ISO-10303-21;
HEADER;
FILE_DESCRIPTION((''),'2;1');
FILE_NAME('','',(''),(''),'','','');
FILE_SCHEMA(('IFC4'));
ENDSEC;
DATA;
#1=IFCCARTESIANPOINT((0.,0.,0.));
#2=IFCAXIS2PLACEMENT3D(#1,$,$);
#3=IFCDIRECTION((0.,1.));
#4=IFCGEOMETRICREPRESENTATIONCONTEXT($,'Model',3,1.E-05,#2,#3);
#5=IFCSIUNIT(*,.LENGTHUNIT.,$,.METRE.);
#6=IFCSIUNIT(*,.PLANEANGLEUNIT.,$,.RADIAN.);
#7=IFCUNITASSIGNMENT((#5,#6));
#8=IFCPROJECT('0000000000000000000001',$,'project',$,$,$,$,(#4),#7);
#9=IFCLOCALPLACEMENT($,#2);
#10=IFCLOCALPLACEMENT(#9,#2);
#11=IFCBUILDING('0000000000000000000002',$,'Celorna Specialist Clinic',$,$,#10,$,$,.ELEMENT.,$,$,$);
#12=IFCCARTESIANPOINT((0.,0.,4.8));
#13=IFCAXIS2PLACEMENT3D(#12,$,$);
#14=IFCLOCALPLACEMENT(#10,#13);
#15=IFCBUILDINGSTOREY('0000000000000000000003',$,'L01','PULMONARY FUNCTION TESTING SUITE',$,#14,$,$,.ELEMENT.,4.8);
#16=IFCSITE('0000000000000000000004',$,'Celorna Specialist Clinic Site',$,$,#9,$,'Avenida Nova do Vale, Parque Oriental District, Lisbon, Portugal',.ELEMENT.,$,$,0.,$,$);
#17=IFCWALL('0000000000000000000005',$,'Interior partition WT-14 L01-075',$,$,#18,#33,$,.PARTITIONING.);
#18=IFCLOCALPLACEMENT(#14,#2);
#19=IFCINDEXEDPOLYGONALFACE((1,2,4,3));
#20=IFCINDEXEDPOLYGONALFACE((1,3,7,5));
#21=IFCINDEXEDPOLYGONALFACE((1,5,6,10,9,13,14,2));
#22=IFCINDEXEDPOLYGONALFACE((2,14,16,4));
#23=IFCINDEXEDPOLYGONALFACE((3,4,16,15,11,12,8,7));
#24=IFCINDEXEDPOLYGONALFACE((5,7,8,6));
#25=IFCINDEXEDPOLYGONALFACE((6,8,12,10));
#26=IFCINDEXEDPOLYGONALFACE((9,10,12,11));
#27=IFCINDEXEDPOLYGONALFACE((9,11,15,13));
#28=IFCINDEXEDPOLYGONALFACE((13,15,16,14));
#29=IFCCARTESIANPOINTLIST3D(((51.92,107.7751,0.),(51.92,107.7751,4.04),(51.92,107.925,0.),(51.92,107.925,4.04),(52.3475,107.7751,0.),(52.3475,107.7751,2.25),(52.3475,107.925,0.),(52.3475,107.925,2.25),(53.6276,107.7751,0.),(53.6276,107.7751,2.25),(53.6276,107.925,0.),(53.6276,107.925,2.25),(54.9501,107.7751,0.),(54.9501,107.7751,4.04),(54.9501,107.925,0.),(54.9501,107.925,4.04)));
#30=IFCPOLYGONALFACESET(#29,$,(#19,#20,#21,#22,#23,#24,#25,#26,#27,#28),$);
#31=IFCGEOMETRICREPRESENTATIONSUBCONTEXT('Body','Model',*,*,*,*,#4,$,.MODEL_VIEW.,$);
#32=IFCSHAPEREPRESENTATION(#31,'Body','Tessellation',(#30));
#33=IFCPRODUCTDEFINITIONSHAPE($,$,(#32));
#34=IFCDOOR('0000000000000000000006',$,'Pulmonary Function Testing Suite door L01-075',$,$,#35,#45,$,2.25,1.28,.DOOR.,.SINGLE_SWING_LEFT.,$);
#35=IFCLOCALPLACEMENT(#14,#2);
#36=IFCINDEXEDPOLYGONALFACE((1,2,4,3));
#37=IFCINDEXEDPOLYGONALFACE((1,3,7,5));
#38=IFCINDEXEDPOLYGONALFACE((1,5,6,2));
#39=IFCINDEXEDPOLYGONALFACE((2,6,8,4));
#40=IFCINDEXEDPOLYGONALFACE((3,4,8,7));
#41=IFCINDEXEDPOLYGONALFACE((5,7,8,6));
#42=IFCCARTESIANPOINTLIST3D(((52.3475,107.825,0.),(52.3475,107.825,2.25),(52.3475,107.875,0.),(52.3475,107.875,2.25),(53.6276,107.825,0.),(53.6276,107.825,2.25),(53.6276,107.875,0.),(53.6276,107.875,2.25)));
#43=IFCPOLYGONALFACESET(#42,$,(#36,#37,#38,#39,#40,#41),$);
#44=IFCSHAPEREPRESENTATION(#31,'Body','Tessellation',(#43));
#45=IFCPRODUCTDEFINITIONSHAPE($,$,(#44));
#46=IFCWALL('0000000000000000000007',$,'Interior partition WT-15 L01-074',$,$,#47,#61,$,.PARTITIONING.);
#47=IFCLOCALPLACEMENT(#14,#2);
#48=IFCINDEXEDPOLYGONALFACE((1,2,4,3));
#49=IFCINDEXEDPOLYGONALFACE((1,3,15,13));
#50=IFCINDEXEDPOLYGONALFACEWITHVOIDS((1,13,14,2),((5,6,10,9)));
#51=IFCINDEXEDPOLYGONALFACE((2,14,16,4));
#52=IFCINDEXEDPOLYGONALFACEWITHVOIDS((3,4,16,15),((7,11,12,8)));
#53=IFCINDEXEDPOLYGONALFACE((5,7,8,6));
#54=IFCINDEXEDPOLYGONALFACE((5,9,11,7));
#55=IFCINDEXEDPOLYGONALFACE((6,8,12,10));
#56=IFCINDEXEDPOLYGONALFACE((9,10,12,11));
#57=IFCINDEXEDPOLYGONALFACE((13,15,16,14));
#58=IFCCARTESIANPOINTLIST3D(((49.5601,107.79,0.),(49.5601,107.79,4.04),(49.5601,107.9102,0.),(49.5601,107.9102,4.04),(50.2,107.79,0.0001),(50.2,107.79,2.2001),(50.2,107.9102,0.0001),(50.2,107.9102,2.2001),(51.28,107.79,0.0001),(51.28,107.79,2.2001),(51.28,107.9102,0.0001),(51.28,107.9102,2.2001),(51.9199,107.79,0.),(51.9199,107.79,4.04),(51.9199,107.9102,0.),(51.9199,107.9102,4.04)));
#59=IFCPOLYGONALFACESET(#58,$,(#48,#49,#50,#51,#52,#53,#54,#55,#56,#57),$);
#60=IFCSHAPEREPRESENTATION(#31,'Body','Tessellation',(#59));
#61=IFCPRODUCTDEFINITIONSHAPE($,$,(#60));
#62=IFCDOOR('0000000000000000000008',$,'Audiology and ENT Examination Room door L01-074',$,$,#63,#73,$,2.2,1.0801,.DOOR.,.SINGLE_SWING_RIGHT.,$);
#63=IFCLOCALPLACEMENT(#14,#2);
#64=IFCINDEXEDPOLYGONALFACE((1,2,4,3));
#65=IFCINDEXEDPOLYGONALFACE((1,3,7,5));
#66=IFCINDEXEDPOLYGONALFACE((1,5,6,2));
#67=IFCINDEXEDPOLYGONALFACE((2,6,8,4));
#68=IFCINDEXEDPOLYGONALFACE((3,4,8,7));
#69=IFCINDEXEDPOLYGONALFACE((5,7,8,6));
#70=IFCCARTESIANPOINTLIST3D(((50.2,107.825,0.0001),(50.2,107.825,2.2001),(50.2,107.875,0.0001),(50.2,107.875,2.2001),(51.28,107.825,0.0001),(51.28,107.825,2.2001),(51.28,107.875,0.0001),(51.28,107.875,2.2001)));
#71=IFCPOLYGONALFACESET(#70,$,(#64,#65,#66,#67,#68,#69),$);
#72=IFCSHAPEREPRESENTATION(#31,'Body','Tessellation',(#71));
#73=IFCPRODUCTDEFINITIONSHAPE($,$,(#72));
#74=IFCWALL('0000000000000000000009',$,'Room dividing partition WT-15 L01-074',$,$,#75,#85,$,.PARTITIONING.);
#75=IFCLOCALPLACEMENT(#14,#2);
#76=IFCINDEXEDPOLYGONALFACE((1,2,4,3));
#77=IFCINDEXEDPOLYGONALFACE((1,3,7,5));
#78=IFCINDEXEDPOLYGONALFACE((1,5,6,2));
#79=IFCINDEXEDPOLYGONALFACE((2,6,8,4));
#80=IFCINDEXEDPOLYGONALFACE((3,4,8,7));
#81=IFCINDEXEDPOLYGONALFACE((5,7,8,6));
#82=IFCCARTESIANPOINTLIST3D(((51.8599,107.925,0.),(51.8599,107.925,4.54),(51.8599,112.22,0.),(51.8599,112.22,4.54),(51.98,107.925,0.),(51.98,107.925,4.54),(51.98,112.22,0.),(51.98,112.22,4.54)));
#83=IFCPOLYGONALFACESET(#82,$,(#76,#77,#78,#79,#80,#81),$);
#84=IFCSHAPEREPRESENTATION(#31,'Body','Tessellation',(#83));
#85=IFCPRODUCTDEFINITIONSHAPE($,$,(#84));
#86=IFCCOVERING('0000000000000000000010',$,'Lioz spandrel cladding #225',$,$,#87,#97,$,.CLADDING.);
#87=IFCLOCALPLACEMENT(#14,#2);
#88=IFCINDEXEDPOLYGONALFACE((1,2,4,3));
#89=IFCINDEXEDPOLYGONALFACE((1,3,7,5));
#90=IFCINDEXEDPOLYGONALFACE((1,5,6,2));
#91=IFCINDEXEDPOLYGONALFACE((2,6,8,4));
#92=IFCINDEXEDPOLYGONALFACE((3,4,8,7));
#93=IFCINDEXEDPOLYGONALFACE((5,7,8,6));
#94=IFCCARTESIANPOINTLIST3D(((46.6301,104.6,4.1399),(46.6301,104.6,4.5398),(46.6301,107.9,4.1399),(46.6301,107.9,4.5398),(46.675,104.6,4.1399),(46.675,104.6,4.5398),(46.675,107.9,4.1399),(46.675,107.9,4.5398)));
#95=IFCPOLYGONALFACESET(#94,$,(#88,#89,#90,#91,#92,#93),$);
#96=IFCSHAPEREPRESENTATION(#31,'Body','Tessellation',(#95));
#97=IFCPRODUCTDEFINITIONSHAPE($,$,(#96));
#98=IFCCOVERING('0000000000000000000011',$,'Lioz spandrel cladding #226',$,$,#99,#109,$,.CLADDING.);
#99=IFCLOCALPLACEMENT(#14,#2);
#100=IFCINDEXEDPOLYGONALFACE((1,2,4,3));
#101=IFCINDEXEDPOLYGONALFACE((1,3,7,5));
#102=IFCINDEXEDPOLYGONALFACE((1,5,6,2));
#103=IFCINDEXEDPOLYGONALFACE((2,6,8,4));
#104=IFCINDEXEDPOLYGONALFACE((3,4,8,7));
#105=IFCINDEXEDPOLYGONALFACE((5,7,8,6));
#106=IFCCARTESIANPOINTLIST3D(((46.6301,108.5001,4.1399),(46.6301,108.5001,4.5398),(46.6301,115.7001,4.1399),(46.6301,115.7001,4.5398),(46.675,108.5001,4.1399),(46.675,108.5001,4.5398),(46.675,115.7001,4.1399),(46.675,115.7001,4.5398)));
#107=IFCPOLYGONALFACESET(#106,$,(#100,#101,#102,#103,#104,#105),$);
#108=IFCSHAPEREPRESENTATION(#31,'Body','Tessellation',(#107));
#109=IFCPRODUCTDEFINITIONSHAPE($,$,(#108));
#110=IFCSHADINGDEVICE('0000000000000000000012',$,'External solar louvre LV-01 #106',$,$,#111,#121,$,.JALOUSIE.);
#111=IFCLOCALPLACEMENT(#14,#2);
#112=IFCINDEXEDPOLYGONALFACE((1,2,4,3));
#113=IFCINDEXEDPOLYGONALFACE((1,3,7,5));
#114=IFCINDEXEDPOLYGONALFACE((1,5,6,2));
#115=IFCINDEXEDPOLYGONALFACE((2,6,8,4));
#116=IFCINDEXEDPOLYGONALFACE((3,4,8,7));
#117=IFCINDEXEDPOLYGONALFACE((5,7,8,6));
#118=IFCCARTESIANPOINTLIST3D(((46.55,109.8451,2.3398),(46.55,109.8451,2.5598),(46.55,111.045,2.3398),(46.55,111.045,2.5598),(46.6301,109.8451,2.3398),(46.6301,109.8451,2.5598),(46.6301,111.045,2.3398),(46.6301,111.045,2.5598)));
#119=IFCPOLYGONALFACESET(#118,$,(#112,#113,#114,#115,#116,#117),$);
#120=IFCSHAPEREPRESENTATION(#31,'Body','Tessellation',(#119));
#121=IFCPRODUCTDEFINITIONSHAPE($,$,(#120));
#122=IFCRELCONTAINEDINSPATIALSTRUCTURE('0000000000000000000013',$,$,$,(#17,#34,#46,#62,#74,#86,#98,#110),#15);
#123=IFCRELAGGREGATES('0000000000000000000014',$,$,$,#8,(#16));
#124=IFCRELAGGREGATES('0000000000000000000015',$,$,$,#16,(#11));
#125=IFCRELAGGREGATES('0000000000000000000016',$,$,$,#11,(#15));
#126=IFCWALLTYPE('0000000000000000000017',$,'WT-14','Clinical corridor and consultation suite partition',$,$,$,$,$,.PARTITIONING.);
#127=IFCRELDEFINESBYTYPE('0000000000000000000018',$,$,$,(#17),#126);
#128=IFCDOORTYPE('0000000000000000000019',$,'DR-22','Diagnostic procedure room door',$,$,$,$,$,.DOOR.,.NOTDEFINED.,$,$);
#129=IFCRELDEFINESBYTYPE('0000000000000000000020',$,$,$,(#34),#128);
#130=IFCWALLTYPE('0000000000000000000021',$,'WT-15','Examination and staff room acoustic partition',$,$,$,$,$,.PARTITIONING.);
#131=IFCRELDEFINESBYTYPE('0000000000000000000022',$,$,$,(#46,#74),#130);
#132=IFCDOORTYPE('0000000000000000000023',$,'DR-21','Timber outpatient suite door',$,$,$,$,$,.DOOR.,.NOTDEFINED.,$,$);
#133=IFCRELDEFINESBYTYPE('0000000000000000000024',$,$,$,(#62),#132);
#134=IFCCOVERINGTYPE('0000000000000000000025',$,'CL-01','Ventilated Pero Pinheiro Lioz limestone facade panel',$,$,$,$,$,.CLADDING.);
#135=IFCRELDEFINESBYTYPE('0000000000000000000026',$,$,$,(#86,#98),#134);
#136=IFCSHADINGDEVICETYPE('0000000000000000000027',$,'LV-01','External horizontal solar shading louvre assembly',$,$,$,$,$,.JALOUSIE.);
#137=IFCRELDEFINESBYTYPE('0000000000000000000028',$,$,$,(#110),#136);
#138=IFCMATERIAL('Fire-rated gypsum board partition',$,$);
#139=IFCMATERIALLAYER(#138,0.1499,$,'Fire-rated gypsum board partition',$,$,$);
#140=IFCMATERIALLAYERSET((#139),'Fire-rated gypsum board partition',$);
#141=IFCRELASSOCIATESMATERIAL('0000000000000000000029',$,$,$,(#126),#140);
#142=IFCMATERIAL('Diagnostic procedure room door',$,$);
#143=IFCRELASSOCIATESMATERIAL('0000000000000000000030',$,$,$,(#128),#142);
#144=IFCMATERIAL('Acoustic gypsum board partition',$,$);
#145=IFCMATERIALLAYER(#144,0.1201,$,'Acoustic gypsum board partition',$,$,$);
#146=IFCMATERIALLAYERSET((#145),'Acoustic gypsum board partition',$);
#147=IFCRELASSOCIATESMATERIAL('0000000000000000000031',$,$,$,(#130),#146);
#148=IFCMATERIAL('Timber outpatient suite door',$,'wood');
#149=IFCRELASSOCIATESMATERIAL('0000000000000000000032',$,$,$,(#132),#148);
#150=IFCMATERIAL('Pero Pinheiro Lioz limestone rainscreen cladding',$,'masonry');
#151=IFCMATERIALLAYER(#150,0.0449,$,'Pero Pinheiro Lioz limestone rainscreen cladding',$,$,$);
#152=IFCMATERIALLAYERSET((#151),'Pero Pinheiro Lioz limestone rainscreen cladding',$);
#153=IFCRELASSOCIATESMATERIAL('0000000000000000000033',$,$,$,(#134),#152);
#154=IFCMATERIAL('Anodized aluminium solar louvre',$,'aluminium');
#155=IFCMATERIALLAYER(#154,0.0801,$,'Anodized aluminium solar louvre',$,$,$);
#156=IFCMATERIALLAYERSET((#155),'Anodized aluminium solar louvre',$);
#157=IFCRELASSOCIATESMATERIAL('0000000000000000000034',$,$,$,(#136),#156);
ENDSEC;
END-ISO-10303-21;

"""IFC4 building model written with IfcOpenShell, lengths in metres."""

from ifc_helpers import new_model, si_unit, direction, frame, frame_2d, origin, origin_2d, place, context, subcontext, project, spatial, rectangle, extrude, material, layer, layer_set, type_object, element, fill, save


model = new_model("IFC4")

# Units and contexts
model_context = context("Model", 3, precision=1e-05, world=origin(), true_north=direction((0.0, 1.0)))
body_context = subcontext(model_context, "Body", "Model", "MODEL_VIEW")
ifc_project = project(units=[si_unit("LENGTHUNIT", "METRE"), si_unit("PLANEANGLEUNIT", "RADIAN")], contexts=[model_context])

# Site, building, storey
site_placement = place(None, origin())
site = spatial("IfcSite", under=ifc_project, at=site_placement, Name="Celorna Specialist Clinic Site", LongName="Avenida Nova do Vale, Parque Oriental District, Lisbon, Portugal", CompositionType="ELEMENT", RefElevation=0.0)
building_placement = place(site_placement, origin())
building = spatial("IfcBuilding", under=site, at=building_placement, Name="Celorna Specialist Clinic", CompositionType="ELEMENT")
storey_placement = place(building_placement, frame((0.0, 0.0, 4.8)))
storey = spatial("IfcBuildingStorey", under=building, at=storey_placement, Name="L01", Description="PULMONARY FUNCTION TESTING SUITE", CompositionType="ELEMENT", Elevation=4.8)

# Shared definitions
ifc_material_1 = material(Name="Fire-rated gypsum board partition")
ifc_layer_1 = layer(ifc_material_1, 0.1499, Name="Fire-rated gypsum board partition")
ifc_layer_set_1 = layer_set([ifc_layer_1], Name="Fire-rated gypsum board partition")
wall_type_1 = type_object("IfcWallType", Name="WT-14", Description="Clinical corridor and consultation suite partition", PredefinedType="PARTITIONING", material=ifc_layer_set_1)

# Walls, openings, doors
wall_1_placement = place(storey_placement, frame((51.9199, 107.8501, 0.0), z_axis=(0.0, 0.0, 1.0), x_axis=(1.0, 0.0, 0.0)))
wall_1 = element("IfcWall", 1, at=wall_1_placement, inside=storey, type_object=wall_type_1, Name="Interior partition WT-14 L01-075", PredefinedType="PARTITIONING", context=body_context, shape_type="SweptSolid", body=[
    extrude(rectangle(XDim=3.03, YDim=0.1499, at=frame_2d((1.5151, 0.0))), origin(), (0.0, 0.0, 1.0), 4.04),
])
opening_1_placement = place(wall_1_placement, frame((0.4275, 0.0, 0.0)))
opening_1 = element("IfcOpeningElement", 2, at=opening_1_placement, cuts=wall_1, PredefinedType="OPENING", context=body_context, shape_type="SweptSolid", body=[
    extrude(rectangle(XDim=1.28, YDim=2.25, at=frame_2d((0.6401, 1.125))), frame((0.0, 0.085, 0.0), z_axis=(0.0, -1.0, 0.0), x_axis=(1.0, 0.0, 0.0)), (0.0, 0.0, 1.0), 0.1699),
])
ifc_material_2 = material(Name="Diagnostic procedure room door")
door_type_1 = type_object("IfcDoorType", Name="DR-22", Description="Diagnostic procedure room door", OperationType="NOTDEFINED", PredefinedType="DOOR", material=ifc_material_2)
door_1_placement = place(opening_1_placement, origin())
door_1 = element("IfcDoor", 3, at=door_1_placement, inside=storey, type_object=door_type_1, Name="Pulmonary Function Testing Suite door L01-075", OperationType="SINGLE_SWING_LEFT", OverallHeight=2.25, OverallWidth=1.28, PredefinedType="DOOR", context=body_context, shape_type="SweptSolid", body=[
    extrude(rectangle(XDim=1.28, YDim=2.25, at=frame_2d((0.6401, 1.125))), frame((0.0, 0.0249, 0.0), z_axis=(0.0, -1.0, 0.0), x_axis=(1.0, 0.0, 0.0)), (0.0, 0.0, 1.0), 0.05),
])
fill(opening_1, door_1)
ifc_material_3 = material(Name="Acoustic gypsum board partition")
ifc_layer_2 = layer(ifc_material_3, 0.1201, Name="Acoustic gypsum board partition")
ifc_layer_set_2 = layer_set([ifc_layer_2], Name="Acoustic gypsum board partition")
wall_type_2 = type_object("IfcWallType", Name="WT-15", Description="Examination and staff room acoustic partition", PredefinedType="PARTITIONING", material=ifc_layer_set_2)
wall_2_placement = place(storey_placement, frame((49.5601, 107.8501, 0.0), z_axis=(0.0, 0.0, 1.0), x_axis=(1.0, 0.0, 0.0)))
wall_2 = element("IfcWall", 4, at=wall_2_placement, inside=storey, type_object=wall_type_2, Name="Interior partition WT-15 L01-074", PredefinedType="PARTITIONING", context=body_context, shape_type="SweptSolid", body=[
    extrude(rectangle(XDim=2.3599, YDim=0.1201, at=frame_2d((1.1799, 0.0))), origin(), (0.0, 0.0, 1.0), 4.04),
])
opening_2_placement = place(wall_2_placement, frame((0.6399, 0.0, 0.0)))
opening_2 = element("IfcOpeningElement", 5, at=opening_2_placement, cuts=wall_2, PredefinedType="OPENING", context=body_context, shape_type="SweptSolid", body=[
    extrude(rectangle(XDim=1.0801, YDim=2.2, at=frame_2d((0.54, 1.1001))), frame((0.0, 0.0701, 0.0), z_axis=(0.0, -1.0, 0.0), x_axis=(1.0, 0.0, 0.0)), (0.0, 0.0, 1.0), 0.1401),
])
ifc_material_4 = material(Name="Timber outpatient suite door", Category="wood")
door_type_2 = type_object("IfcDoorType", Name="DR-21", Description="Timber outpatient suite door", OperationType="NOTDEFINED", PredefinedType="DOOR", material=ifc_material_4)
door_2_placement = place(opening_2_placement, origin())
door_2 = element("IfcDoor", 6, at=door_2_placement, inside=storey, type_object=door_type_2, Name="Audiology and ENT Examination Room door L01-074", OperationType="SINGLE_SWING_RIGHT", OverallHeight=2.2, OverallWidth=1.0801, PredefinedType="DOOR", context=body_context, shape_type="SweptSolid", body=[
    extrude(rectangle(XDim=1.0801, YDim=2.2, at=frame_2d((0.54, 1.1001))), frame((0.0, 0.0249, 0.0), z_axis=(0.0, -1.0, 0.0), x_axis=(1.0, 0.0, 0.0)), (0.0, 0.0, 1.0), 0.05),
])
fill(opening_2, door_2)

# Wall
wall_3_placement = place(storey_placement, frame((51.9199, 107.925, 0.0), z_axis=(0.0, 0.0, 1.0), x_axis=(0.0, 1.0, 0.0)))
element("IfcWall", 7, at=wall_3_placement, inside=storey, type_object=wall_type_2, Name="Room dividing partition WT-15 L01-074", PredefinedType="PARTITIONING", context=body_context, shape_type="SweptSolid", body=[
    extrude(rectangle(XDim=4.2949, YDim=0.1201, at=frame_2d((2.1475, 0.0))), origin(), (0.0, 0.0, 1.0), 4.54),
])

# Coverings
ifc_material_5 = material(Name="Pero Pinheiro Lioz limestone rainscreen cladding", Category="masonry")
ifc_layer_3 = layer(ifc_material_5, 0.0449, Name="Pero Pinheiro Lioz limestone rainscreen cladding")
ifc_layer_set_3 = layer_set([ifc_layer_3], Name="Pero Pinheiro Lioz limestone rainscreen cladding")
covering_type = type_object("IfcCoveringType", Name="CL-01", Description="Ventilated Pero Pinheiro Lioz limestone facade panel", PredefinedType="CLADDING", material=ifc_layer_set_3)
covering_1_placement = place(storey_placement, frame((46.6526, 106.25, 4.1399), z_axis=(0.0, 0.0, 1.0), x_axis=(0.0, 1.0, 0.0)))
element("IfcCovering", 8, at=covering_1_placement, inside=storey, type_object=covering_type, Name="Lioz spandrel cladding #225", PredefinedType="CLADDING", context=body_context, shape_type="SweptSolid", body=[
    extrude(rectangle(XDim=3.3, YDim=0.0449, at=origin_2d()), origin(), (0.0, 0.0, 1.0), 0.3999),
])
covering_2_placement = place(storey_placement, frame((46.6526, 112.1001, 4.1399), z_axis=(0.0, 0.0, 1.0), x_axis=(0.0, 1.0, 0.0)))
element("IfcCovering", 9, at=covering_2_placement, inside=storey, type_object=covering_type, Name="Lioz spandrel cladding #226", PredefinedType="CLADDING", context=body_context, shape_type="SweptSolid", body=[
    extrude(rectangle(XDim=7.2, YDim=0.0449, at=origin_2d()), origin(), (0.0, 0.0, 1.0), 0.3999),
])

# Shading device
ifc_material_6 = material(Name="Anodized aluminium solar louvre", Category="aluminium")
ifc_layer_4 = layer(ifc_material_6, 0.0801, Name="Anodized aluminium solar louvre")
ifc_layer_set_4 = layer_set([ifc_layer_4], Name="Anodized aluminium solar louvre")
shading_device_type = type_object("IfcShadingDeviceType", Name="LV-01", Description="External horizontal solar shading louvre assembly", PredefinedType="JALOUSIE", material=ifc_layer_set_4)
shading_device_placement = place(storey_placement, frame((46.5901, 110.4451, 2.3398), z_axis=(0.0, 0.0, 1.0), x_axis=(0.0, 1.0, 0.0)))
element("IfcShadingDevice", 10, at=shading_device_placement, inside=storey, type_object=shading_device_type, Name="External solar louvre LV-01 #106", PredefinedType="JALOUSIE", context=body_context, shape_type="SweptSolid", body=[
    extrude(rectangle(XDim=1.2, YDim=0.0801, at=origin_2d()), origin(), (0.0, 0.0, 1.0), 0.22),
])

save(model, "model.ifc")
